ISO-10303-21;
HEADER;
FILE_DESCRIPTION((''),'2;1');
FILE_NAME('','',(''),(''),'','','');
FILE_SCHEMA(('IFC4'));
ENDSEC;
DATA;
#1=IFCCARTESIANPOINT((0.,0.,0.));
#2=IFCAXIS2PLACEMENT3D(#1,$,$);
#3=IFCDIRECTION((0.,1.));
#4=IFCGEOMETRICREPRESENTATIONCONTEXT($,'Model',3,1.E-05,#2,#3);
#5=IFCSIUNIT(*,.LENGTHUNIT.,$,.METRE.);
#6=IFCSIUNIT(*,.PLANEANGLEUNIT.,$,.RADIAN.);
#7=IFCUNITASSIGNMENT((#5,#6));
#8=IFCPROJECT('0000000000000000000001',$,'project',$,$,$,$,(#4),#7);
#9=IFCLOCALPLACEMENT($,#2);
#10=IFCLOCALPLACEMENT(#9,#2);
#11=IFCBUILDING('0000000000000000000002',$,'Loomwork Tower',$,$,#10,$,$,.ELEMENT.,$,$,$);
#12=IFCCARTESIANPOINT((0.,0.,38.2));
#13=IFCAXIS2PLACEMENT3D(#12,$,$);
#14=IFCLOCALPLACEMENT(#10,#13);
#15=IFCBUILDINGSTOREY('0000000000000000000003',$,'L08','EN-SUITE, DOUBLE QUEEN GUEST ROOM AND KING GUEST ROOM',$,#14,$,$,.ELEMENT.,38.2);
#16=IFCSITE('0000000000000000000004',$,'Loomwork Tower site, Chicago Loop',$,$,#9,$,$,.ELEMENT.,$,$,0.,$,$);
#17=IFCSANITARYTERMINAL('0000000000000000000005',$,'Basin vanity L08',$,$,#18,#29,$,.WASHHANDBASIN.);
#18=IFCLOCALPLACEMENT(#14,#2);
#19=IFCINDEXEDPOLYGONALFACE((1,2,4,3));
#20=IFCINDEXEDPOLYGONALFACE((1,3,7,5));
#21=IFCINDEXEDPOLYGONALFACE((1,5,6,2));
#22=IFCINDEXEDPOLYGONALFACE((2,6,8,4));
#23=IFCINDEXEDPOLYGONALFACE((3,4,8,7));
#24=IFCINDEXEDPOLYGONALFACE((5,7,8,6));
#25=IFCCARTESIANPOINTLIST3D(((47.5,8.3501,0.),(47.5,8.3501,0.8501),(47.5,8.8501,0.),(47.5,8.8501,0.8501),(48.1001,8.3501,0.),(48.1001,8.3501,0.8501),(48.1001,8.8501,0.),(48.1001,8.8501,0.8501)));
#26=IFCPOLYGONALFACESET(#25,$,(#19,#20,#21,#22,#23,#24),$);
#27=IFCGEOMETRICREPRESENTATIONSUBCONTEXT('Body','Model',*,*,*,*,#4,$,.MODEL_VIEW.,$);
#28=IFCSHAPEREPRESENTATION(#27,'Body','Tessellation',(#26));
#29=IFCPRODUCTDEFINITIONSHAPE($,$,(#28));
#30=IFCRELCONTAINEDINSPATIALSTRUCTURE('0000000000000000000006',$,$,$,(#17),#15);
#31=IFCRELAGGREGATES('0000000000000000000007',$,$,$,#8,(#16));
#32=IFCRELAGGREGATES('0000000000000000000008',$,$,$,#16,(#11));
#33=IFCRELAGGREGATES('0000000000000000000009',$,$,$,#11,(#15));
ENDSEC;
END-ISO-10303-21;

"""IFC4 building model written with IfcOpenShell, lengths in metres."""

from ifc_helpers import new_model, si_unit, direction, frame, origin, origin_2d, place, context, subcontext, project, spatial, rectangle, extrude, element, save


model = new_model("IFC4")

# Units and contexts
model_context = context("Model", 3, precision=1e-05, world=origin(), true_north=direction((0.0, 1.0)))
body_context = subcontext(model_context, "Body", "Model", "MODEL_VIEW")
ifc_project = project(units=[si_unit("LENGTHUNIT", "METRE"), si_unit("PLANEANGLEUNIT", "RADIAN")], contexts=[model_context])

# Site, building, storey
site_placement = place(None, origin())
site = spatial("IfcSite", under=ifc_project, at=site_placement, Name="Loomwork Tower site, Chicago Loop", CompositionType="ELEMENT", RefElevation=0.0)
building_placement = place(site_placement, origin())
building = spatial("IfcBuilding", under=site, at=building_placement, Name="Loomwork Tower", CompositionType="ELEMENT")
storey_placement = place(building_placement, frame((0.0, 0.0, 38.2)))
storey = spatial("IfcBuildingStorey", under=building, at=storey_placement, Name="L08", Description="EN-SUITE, DOUBLE QUEEN GUEST ROOM AND KING GUEST ROOM", CompositionType="ELEMENT", Elevation=38.2)

# Sanitary terminal
sanitary_terminal_1_placement = place(storey_placement, frame((47.8, 8.6001, 0.0), z_axis=(0.0, 0.0, 1.0), x_axis=(1.0, 0.0, 0.0)))
element("IfcSanitaryTerminal", 1, at=sanitary_terminal_1_placement, inside=storey, Name="Basin vanity L08", PredefinedType="WASHHANDBASIN", context=body_context, shape_type="SweptSolid", body=[
    extrude(rectangle(XDim=0.6001, YDim=0.5, at=origin_2d()), origin(), (0.0, 0.0, 1.0), 0.8501),
])

save(model, "model.ifc")
